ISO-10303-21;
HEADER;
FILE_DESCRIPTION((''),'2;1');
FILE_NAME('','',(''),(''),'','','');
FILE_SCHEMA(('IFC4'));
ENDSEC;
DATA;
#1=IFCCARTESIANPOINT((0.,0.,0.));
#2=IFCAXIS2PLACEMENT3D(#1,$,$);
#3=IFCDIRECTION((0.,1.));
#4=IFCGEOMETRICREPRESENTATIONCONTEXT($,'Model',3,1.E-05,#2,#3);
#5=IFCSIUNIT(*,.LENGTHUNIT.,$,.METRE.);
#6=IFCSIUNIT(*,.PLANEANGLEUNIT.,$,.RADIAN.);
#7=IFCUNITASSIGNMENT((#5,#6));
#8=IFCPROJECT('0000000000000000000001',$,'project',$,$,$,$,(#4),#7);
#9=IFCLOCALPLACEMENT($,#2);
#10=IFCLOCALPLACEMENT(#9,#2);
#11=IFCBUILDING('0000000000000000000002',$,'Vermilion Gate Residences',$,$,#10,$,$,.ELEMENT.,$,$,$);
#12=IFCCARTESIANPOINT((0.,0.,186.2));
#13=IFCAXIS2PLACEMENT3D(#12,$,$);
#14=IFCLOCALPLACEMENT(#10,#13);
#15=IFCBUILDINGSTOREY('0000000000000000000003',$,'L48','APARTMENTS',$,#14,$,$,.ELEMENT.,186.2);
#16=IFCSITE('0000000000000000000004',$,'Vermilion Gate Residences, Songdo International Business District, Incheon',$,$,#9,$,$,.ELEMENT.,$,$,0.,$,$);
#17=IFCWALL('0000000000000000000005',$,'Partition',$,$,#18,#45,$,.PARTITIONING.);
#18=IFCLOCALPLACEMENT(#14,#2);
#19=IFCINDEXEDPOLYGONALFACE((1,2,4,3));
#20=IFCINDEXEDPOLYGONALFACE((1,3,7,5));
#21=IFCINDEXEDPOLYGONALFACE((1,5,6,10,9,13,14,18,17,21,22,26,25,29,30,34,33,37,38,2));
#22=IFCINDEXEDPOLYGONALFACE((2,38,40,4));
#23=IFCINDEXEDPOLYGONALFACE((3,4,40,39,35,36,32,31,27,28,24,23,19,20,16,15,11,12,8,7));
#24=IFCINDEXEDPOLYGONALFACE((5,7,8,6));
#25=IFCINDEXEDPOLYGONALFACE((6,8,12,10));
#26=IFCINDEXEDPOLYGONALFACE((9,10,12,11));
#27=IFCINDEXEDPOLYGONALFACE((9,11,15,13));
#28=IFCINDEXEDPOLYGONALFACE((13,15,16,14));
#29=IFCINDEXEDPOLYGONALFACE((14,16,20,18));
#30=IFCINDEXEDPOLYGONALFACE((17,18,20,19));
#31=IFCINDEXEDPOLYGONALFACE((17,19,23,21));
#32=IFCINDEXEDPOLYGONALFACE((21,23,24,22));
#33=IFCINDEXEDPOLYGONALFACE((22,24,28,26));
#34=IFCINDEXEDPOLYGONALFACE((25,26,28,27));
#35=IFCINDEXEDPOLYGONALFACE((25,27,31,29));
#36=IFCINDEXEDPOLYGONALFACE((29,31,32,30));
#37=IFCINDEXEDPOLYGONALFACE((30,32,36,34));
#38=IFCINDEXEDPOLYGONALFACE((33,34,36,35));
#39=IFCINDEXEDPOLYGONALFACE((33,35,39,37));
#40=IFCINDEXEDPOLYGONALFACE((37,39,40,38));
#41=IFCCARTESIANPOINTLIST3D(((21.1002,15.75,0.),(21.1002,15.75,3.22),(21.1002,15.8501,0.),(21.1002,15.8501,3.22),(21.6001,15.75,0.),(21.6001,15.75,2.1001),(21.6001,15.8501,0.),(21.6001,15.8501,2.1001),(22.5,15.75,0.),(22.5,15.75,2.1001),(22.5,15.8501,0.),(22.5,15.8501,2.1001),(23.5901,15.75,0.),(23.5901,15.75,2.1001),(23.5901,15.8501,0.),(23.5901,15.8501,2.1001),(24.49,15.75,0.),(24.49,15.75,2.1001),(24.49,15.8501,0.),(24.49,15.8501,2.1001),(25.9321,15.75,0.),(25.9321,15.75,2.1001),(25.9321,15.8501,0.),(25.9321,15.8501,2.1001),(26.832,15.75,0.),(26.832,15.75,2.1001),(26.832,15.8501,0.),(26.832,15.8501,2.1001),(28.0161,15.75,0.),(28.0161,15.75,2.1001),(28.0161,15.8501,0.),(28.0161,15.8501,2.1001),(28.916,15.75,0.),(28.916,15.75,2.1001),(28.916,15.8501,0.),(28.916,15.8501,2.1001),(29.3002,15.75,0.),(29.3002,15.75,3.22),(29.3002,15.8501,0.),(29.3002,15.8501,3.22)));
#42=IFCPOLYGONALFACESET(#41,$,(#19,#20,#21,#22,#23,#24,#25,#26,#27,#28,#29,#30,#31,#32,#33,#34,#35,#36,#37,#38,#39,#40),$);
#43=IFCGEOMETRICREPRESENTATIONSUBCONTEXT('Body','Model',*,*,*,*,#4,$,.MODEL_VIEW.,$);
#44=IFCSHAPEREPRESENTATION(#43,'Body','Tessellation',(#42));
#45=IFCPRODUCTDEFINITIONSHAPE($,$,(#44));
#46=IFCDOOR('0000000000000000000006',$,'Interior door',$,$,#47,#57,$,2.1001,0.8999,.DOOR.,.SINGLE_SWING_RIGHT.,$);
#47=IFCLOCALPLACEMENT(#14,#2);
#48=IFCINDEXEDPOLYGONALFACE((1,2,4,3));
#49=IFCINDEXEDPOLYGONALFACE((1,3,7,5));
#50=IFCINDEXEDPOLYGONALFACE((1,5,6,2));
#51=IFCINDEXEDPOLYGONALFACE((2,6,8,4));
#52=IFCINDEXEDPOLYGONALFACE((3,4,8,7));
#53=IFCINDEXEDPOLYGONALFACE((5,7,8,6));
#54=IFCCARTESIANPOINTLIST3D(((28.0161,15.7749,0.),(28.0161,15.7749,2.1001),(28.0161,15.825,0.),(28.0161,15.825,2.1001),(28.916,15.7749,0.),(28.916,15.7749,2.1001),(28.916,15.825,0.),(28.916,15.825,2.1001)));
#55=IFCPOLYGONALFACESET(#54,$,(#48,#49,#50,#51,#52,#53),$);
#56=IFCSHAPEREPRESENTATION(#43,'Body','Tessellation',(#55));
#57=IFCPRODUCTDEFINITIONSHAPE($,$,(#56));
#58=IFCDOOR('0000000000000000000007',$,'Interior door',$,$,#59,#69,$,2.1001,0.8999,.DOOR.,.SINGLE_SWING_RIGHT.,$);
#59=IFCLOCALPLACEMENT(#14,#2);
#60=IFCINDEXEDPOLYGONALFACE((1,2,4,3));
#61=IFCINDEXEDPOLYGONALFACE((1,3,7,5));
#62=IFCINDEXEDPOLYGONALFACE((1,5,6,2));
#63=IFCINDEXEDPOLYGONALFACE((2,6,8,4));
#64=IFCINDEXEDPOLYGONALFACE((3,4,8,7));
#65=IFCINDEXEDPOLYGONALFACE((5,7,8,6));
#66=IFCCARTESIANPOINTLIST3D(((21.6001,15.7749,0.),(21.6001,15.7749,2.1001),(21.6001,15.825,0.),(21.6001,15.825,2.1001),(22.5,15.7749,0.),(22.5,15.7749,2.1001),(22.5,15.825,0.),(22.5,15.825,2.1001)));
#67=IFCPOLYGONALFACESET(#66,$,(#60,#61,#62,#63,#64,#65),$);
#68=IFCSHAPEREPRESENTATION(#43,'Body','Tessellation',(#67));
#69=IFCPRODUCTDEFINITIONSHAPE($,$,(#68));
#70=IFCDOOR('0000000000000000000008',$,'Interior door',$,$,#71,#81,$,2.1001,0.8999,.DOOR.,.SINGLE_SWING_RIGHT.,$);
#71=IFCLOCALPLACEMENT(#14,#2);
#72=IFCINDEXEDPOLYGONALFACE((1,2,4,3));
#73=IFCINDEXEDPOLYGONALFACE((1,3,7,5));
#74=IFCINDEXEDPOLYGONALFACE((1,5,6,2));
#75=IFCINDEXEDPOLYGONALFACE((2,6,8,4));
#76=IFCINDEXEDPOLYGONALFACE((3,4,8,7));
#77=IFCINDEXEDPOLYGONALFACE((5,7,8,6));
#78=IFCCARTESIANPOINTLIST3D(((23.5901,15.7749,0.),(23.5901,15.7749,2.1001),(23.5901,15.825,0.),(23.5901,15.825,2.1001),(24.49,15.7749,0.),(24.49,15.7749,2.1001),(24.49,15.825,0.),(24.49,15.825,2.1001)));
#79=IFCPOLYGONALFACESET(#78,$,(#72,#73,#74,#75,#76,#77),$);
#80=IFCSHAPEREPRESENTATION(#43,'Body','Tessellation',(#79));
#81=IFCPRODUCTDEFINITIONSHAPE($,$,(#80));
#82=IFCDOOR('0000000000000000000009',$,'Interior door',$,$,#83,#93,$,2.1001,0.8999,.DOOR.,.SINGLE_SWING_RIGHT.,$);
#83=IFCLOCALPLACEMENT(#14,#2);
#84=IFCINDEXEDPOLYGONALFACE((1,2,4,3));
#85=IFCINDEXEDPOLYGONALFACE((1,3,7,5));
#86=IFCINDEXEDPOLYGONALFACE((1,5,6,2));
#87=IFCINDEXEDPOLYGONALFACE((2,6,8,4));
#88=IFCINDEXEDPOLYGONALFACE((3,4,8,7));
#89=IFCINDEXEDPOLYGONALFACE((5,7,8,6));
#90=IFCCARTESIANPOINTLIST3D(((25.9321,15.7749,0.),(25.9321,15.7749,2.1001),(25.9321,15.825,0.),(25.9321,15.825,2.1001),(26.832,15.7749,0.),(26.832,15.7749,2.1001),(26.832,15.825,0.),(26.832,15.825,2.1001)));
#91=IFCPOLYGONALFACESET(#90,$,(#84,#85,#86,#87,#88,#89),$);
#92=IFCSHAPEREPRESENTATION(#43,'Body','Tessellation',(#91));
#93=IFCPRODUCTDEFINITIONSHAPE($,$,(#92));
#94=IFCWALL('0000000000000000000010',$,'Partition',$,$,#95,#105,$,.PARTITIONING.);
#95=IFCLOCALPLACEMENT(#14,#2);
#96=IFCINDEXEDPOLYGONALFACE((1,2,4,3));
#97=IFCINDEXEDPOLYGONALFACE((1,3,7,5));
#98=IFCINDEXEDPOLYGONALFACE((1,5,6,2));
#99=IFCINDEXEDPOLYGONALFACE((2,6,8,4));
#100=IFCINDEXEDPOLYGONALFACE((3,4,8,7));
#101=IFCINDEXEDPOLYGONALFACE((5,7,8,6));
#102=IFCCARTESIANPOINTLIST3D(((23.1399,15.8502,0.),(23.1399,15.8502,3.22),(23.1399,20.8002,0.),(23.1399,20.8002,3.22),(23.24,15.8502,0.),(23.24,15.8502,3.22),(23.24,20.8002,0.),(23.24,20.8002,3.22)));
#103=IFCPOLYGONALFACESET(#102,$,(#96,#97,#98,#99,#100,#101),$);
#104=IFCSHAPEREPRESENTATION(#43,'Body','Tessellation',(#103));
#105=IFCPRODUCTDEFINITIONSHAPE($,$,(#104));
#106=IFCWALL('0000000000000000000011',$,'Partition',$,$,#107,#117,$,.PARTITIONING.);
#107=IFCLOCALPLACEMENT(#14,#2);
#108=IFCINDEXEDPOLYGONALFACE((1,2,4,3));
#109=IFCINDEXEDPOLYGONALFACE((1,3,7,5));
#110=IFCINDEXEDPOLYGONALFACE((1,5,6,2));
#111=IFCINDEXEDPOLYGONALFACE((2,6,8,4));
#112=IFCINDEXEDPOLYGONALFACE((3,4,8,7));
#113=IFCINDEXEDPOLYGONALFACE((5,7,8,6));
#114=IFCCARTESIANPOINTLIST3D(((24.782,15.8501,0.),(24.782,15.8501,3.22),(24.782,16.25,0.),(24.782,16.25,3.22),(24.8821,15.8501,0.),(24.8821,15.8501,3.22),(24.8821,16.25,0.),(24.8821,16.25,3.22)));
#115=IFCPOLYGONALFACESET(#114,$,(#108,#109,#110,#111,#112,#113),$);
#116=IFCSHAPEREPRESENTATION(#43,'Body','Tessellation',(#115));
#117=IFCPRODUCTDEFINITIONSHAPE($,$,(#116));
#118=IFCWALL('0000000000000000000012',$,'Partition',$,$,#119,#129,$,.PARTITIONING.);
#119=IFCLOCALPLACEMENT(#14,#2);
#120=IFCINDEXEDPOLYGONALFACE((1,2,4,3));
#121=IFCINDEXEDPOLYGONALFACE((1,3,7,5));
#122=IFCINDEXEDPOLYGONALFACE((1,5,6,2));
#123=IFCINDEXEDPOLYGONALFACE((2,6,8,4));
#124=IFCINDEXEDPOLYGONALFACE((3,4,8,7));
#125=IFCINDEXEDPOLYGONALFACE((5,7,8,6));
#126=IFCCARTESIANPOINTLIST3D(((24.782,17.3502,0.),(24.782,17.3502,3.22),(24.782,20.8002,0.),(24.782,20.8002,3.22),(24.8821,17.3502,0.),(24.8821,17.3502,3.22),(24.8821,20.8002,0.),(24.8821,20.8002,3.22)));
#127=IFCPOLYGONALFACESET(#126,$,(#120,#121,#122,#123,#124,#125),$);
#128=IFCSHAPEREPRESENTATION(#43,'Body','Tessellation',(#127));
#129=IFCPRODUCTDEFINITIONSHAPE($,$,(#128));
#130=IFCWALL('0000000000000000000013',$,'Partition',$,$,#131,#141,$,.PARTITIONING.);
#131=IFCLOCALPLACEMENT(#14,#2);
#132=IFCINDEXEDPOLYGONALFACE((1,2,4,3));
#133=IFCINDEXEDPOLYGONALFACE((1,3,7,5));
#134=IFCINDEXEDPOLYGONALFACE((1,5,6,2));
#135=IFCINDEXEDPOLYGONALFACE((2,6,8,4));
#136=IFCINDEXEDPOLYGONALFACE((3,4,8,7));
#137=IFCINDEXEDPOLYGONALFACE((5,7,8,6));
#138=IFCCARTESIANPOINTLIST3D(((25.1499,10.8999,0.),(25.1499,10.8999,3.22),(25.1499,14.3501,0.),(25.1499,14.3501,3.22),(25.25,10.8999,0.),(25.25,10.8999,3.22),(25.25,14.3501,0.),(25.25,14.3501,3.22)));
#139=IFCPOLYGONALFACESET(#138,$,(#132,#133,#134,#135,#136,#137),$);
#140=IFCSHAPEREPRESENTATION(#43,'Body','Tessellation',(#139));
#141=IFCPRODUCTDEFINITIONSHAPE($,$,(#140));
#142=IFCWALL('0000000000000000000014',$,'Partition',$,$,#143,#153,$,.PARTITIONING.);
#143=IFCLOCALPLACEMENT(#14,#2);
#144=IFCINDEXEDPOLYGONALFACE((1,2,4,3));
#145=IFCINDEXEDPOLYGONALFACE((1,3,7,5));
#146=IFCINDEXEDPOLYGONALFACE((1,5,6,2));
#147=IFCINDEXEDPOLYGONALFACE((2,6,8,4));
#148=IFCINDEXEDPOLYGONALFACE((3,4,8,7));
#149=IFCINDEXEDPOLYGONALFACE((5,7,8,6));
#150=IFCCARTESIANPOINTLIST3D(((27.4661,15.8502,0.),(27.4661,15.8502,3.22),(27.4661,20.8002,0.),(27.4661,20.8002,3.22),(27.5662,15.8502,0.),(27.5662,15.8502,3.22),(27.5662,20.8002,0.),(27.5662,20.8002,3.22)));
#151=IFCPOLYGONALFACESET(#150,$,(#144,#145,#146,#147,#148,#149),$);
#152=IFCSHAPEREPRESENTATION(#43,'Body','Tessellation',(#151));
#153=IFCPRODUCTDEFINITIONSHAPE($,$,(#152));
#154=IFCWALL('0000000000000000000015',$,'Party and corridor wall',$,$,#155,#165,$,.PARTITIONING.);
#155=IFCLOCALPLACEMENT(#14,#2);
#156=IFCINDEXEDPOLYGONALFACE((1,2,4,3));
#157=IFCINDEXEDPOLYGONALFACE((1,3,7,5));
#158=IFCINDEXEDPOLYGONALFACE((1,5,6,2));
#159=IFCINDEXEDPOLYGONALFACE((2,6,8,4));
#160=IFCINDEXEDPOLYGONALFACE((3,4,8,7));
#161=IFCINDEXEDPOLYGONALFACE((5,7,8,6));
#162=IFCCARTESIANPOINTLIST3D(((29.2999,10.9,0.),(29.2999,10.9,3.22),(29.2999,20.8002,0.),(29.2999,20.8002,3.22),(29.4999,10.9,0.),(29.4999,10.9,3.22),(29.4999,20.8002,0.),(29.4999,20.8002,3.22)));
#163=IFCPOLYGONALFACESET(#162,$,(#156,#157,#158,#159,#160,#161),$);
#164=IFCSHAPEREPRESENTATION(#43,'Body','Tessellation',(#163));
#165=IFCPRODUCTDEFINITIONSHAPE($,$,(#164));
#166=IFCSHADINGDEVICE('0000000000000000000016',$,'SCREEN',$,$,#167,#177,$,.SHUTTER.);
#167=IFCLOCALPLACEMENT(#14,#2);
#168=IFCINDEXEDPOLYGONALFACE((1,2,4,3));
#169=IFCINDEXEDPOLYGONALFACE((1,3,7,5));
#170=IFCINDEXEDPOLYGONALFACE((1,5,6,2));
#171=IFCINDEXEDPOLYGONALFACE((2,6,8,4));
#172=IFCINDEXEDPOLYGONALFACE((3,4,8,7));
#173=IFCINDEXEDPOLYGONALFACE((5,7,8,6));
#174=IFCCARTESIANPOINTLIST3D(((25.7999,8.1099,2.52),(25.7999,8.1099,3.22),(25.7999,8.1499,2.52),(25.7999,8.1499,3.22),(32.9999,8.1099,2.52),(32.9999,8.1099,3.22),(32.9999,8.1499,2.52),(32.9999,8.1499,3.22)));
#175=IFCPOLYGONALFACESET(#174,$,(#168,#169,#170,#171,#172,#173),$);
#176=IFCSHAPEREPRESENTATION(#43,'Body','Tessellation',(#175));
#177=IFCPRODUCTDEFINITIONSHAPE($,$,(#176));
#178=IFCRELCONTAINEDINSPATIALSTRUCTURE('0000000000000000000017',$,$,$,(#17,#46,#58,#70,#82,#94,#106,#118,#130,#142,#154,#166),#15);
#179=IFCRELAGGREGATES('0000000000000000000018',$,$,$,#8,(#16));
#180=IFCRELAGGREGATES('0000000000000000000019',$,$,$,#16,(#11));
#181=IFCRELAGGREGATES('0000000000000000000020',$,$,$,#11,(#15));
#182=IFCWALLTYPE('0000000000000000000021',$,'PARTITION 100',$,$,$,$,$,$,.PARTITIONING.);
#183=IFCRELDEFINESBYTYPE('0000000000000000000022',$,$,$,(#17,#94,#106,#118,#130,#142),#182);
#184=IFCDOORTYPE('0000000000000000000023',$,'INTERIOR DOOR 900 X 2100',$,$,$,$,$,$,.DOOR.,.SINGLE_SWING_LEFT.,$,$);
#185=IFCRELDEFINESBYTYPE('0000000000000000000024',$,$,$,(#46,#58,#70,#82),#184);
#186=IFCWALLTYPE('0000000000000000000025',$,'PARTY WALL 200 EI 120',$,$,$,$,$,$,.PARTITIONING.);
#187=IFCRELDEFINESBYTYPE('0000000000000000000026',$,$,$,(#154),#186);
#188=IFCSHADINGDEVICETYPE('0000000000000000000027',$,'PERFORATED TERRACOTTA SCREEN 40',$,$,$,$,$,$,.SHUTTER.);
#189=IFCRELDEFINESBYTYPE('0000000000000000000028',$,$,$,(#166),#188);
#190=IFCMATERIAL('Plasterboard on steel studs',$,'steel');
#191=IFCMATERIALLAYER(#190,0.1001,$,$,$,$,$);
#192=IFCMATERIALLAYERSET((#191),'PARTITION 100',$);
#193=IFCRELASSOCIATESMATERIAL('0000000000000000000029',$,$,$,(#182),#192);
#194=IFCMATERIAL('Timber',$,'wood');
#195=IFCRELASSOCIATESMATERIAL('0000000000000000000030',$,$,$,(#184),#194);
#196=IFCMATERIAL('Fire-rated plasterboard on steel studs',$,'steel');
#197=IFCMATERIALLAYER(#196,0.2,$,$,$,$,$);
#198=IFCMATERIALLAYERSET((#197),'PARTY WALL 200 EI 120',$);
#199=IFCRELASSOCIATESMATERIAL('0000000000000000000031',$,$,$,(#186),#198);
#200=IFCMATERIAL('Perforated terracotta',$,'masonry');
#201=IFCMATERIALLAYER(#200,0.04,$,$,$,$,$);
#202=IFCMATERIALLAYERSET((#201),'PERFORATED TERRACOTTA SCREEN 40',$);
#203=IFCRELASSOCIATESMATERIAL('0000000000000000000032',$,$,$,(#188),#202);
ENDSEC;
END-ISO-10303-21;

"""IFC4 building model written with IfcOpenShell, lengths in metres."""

from ifc_helpers import new_model, si_unit, direction, frame, frame_2d, origin, origin_2d, place, context, subcontext, project, spatial, rectangle, extrude, material, layer, layer_set, type_object, element, fill, save


model = new_model("IFC4")

# Units and contexts
model_context = context("Model", 3, precision=1e-05, world=origin(), true_north=direction((0.0, 1.0)))
body_context = subcontext(model_context, "Body", "Model", "MODEL_VIEW")
ifc_project = project(units=[si_unit("LENGTHUNIT", "METRE"), si_unit("PLANEANGLEUNIT", "RADIAN")], contexts=[model_context])

# Site, building, storey
site_placement = place(None, origin())
site = spatial("IfcSite", under=ifc_project, at=site_placement, Name="Vermilion Gate Residences, Songdo International Business District, Incheon", CompositionType="ELEMENT", RefElevation=0.0)
building_placement = place(site_placement, origin())
building = spatial("IfcBuilding", under=site, at=building_placement, Name="Vermilion Gate Residences", CompositionType="ELEMENT")
storey_placement = place(building_placement, frame((0.0, 0.0, 186.2)))
storey = spatial("IfcBuildingStorey", under=building, at=storey_placement, Name="L48", Description="APARTMENTS", CompositionType="ELEMENT", Elevation=186.2)

# Wall, openings, doors
ifc_material_1 = material(Name="Plasterboard on steel studs", Category="steel")
ifc_layer_1 = layer(ifc_material_1, 0.1001)
ifc_layer_set_1 = layer_set([ifc_layer_1], Name="PARTITION 100")
wall_type_1 = type_object("IfcWallType", Name="PARTITION 100", PredefinedType="PARTITIONING", material=ifc_layer_set_1)
ifc_material_2 = material(Name="Timber", Category="wood")
door_type = type_object("IfcDoorType", Name="INTERIOR DOOR 900 X 2100", OperationType="SINGLE_SWING_LEFT", PredefinedType="DOOR", material=ifc_material_2)
wall_1_placement = place(storey_placement, frame((21.1001, 15.8, 0.0), z_axis=(0.0, 0.0, 1.0), x_axis=(1.0, 0.0, 0.0)))
wall_1 = element("IfcWall", 1, at=wall_1_placement, inside=storey, type_object=wall_type_1, Name="Partition", PredefinedType="PARTITIONING", context=body_context, shape_type="SweptSolid", body=[
    extrude(rectangle(XDim=8.2, YDim=0.1001, at=frame_2d((4.1001, 0.0))), origin(), (0.0, 0.0, 1.0), 3.22),
])
opening_1_placement = place(wall_1_placement, frame((6.916, 0.0, 0.0)))
opening_1 = element("IfcOpeningElement", 2, at=opening_1_placement, cuts=wall_1, PredefinedType="OPENING", context=body_context, shape_type="SweptSolid", body=[
    extrude(rectangle(XDim=0.8999, YDim=2.1001, at=frame_2d((0.45, 1.05))), frame((0.0, 0.0601, 0.0), z_axis=(0.0, -1.0, 0.0), x_axis=(1.0, 0.0, 0.0)), (0.0, 0.0, 1.0), 0.1201),
])
opening_2_placement = place(wall_1_placement, frame((0.5, 0.0, 0.0)))
opening_2 = element("IfcOpeningElement", 3, at=opening_2_placement, cuts=wall_1, PredefinedType="OPENING", context=body_context, shape_type="SweptSolid", body=[
    extrude(rectangle(XDim=0.8999, YDim=2.1001, at=frame_2d((0.45, 1.05))), frame((0.0, 0.0601, 0.0), z_axis=(0.0, -1.0, 0.0), x_axis=(1.0, 0.0, 0.0)), (0.0, 0.0, 1.0), 0.1201),
])
opening_3_placement = place(wall_1_placement, frame((2.49, 0.0, 0.0)))
opening_3 = element("IfcOpeningElement", 4, at=opening_3_placement, cuts=wall_1, PredefinedType="OPENING", context=body_context, shape_type="SweptSolid", body=[
    extrude(rectangle(XDim=0.8999, YDim=2.1001, at=frame_2d((0.45, 1.05))), frame((0.0, 0.0601, 0.0), z_axis=(0.0, -1.0, 0.0), x_axis=(1.0, 0.0, 0.0)), (0.0, 0.0, 1.0), 0.1201),
])
opening_4_placement = place(wall_1_placement, frame((4.832, 0.0, 0.0)))
opening_4 = element("IfcOpeningElement", 5, at=opening_4_placement, cuts=wall_1, PredefinedType="OPENING", context=body_context, shape_type="SweptSolid", body=[
    extrude(rectangle(XDim=0.8999, YDim=2.1001, at=frame_2d((0.45, 1.05))), frame((0.0, 0.0601, 0.0), z_axis=(0.0, -1.0, 0.0), x_axis=(1.0, 0.0, 0.0)), (0.0, 0.0, 1.0), 0.1201),
])
door_1_placement = place(opening_1_placement, origin())
door_1 = element("IfcDoor", 6, at=door_1_placement, inside=storey, type_object=door_type, Name="Interior door", OperationType="SINGLE_SWING_RIGHT", OverallHeight=2.1001, OverallWidth=0.8999, PredefinedType="DOOR", context=body_context, shape_type="SweptSolid", body=[
    extrude(rectangle(XDim=0.8999, YDim=2.1001, at=frame_2d((0.45, 1.05))), frame((0.0, 0.0249, 0.0), z_axis=(0.0, -1.0, 0.0), x_axis=(1.0, 0.0, 0.0)), (0.0, 0.0, 1.0), 0.05),
])
fill(opening_1, door_1)
door_2_placement = place(opening_2_placement, origin())
door_2 = element("IfcDoor", 7, at=door_2_placement, inside=storey, type_object=door_type, Name="Interior door", OperationType="SINGLE_SWING_RIGHT", OverallHeight=2.1001, OverallWidth=0.8999, PredefinedType="DOOR", context=body_context, shape_type="SweptSolid", body=[
    extrude(rectangle(XDim=0.8999, YDim=2.1001, at=frame_2d((0.45, 1.05))), frame((0.0, 0.0249, 0.0), z_axis=(0.0, -1.0, 0.0), x_axis=(1.0, 0.0, 0.0)), (0.0, 0.0, 1.0), 0.05),
])
fill(opening_2, door_2)
door_3_placement = place(opening_3_placement, origin())
door_3 = element("IfcDoor", 8, at=door_3_placement, inside=storey, type_object=door_type, Name="Interior door", OperationType="SINGLE_SWING_RIGHT", OverallHeight=2.1001, OverallWidth=0.8999, PredefinedType="DOOR", context=body_context, shape_type="SweptSolid", body=[
    extrude(rectangle(XDim=0.8999, YDim=2.1001, at=frame_2d((0.45, 1.05))), frame((0.0, 0.0249, 0.0), z_axis=(0.0, -1.0, 0.0), x_axis=(1.0, 0.0, 0.0)), (0.0, 0.0, 1.0), 0.05),
])
fill(opening_3, door_3)
door_4_placement = place(opening_4_placement, origin())
door_4 = element("IfcDoor", 9, at=door_4_placement, inside=storey, type_object=door_type, Name="Interior door", OperationType="SINGLE_SWING_RIGHT", OverallHeight=2.1001, OverallWidth=0.8999, PredefinedType="DOOR", context=body_context, shape_type="SweptSolid", body=[
    extrude(rectangle(XDim=0.8999, YDim=2.1001, at=frame_2d((0.45, 1.05))), frame((0.0, 0.0249, 0.0), z_axis=(0.0, -1.0, 0.0), x_axis=(1.0, 0.0, 0.0)), (0.0, 0.0, 1.0), 0.05),
])
fill(opening_4, door_4)

# Walls
wall_2_placement = place(storey_placement, frame((23.1899, 15.8501, 0.0), z_axis=(0.0, 0.0, 1.0), x_axis=(0.0, 1.0, 0.0)))
element("IfcWall", 10, at=wall_2_placement, inside=storey, type_object=wall_type_1, Name="Partition", PredefinedType="PARTITIONING", context=body_context, shape_type="SweptSolid", body=[
    extrude(rectangle(XDim=4.95, YDim=0.1001, at=frame_2d((2.4751, 0.0))), origin(), (0.0, 0.0, 1.0), 3.22),
])
wall_3_placement = place(storey_placement, frame((24.832, 15.8501, 0.0), z_axis=(0.0, 0.0, 1.0), x_axis=(0.0, 1.0, 0.0)))
element("IfcWall", 11, at=wall_3_placement, inside=storey, type_object=wall_type_1, Name="Partition", PredefinedType="PARTITIONING", context=body_context, shape_type="SweptSolid", body=[
    extrude(rectangle(XDim=0.3999, YDim=0.1001, at=frame_2d((0.2, 0.0))), origin(), (0.0, 0.0, 1.0), 3.22),
])
wall_4_placement = place(storey_placement, frame((24.832, 17.3501, 0.0), z_axis=(0.0, 0.0, 1.0), x_axis=(0.0, 1.0, 0.0)))
element("IfcWall", 12, at=wall_4_placement, inside=storey, type_object=wall_type_1, Name="Partition", PredefinedType="PARTITIONING", context=body_context, shape_type="SweptSolid", body=[
    extrude(rectangle(XDim=3.45, YDim=0.1001, at=frame_2d((1.7251, 0.0))), origin(), (0.0, 0.0, 1.0), 3.22),
])
wall_5_placement = place(storey_placement, frame((25.2, 10.8999, 0.0), z_axis=(0.0, 0.0, 1.0), x_axis=(0.0, 1.0, 0.0)))
element("IfcWall", 13, at=wall_5_placement, inside=storey, type_object=wall_type_1, Name="Partition", PredefinedType="PARTITIONING", context=body_context, shape_type="SweptSolid", body=[
    extrude(rectangle(XDim=3.4502, YDim=0.1001, at=frame_2d((1.7251, 0.0))), origin(), (0.0, 0.0, 1.0), 3.22),
])
wall_6_placement = place(storey_placement, frame((27.5161, 15.8501, 0.0), z_axis=(0.0, 0.0, 1.0), x_axis=(0.0, 1.0, 0.0)))
element("IfcWall", 14, at=wall_6_placement, inside=storey, type_object=wall_type_1, Name="Partition", PredefinedType="PARTITIONING", context=body_context, shape_type="SweptSolid", body=[
    extrude(rectangle(XDim=4.95, YDim=0.1001, at=frame_2d((2.4751, 0.0))), origin(), (0.0, 0.0, 1.0), 3.22),
])
ifc_material_3 = material(Name="Fire-rated plasterboard on steel studs", Category="steel")
ifc_layer_2 = layer(ifc_material_3, 0.2)
ifc_layer_set_2 = layer_set([ifc_layer_2], Name="PARTY WALL 200 EI 120")
wall_type_2 = type_object("IfcWallType", Name="PARTY WALL 200 EI 120", PredefinedType="PARTITIONING", material=ifc_layer_set_2)
wall_7_placement = place(storey_placement, frame((29.3999, 10.8999, 0.0), z_axis=(0.0, 0.0, 1.0), x_axis=(0.0, 1.0, 0.0)))
element("IfcWall", 15, at=wall_7_placement, inside=storey, type_object=wall_type_2, Name="Party and corridor wall", PredefinedType="PARTITIONING", context=body_context, shape_type="SweptSolid", body=[
    extrude(rectangle(XDim=9.9001, YDim=0.2, at=frame_2d((4.9502, 0.0))), origin(), (0.0, 0.0, 1.0), 3.22),
])

# Shading device
ifc_material_4 = material(Name="Perforated terracotta", Category="masonry")
ifc_layer_3 = layer(ifc_material_4, 0.04)
ifc_layer_set_3 = layer_set([ifc_layer_3], Name="PERFORATED TERRACOTTA SCREEN 40")
shading_device_type_1 = type_object("IfcShadingDeviceType", Name="PERFORATED TERRACOTTA SCREEN 40", PredefinedType="SHUTTER", material=ifc_layer_set_3)
shading_device_1_placement = place(storey_placement, frame((29.3999, 8.1299, 2.52), z_axis=(0.0, 0.0, 1.0), x_axis=(1.0, 0.0, 0.0)))
element("IfcShadingDevice", 16, at=shading_device_1_placement, inside=storey, type_object=shading_device_type_1, Name="SCREEN", PredefinedType="SHUTTER", context=body_context, shape_type="SweptSolid", body=[
    extrude(rectangle(XDim=7.2, YDim=0.04, at=origin_2d()), origin(), (0.0, 0.0, 1.0), 0.7),
])

save(model, "model.ifc")
